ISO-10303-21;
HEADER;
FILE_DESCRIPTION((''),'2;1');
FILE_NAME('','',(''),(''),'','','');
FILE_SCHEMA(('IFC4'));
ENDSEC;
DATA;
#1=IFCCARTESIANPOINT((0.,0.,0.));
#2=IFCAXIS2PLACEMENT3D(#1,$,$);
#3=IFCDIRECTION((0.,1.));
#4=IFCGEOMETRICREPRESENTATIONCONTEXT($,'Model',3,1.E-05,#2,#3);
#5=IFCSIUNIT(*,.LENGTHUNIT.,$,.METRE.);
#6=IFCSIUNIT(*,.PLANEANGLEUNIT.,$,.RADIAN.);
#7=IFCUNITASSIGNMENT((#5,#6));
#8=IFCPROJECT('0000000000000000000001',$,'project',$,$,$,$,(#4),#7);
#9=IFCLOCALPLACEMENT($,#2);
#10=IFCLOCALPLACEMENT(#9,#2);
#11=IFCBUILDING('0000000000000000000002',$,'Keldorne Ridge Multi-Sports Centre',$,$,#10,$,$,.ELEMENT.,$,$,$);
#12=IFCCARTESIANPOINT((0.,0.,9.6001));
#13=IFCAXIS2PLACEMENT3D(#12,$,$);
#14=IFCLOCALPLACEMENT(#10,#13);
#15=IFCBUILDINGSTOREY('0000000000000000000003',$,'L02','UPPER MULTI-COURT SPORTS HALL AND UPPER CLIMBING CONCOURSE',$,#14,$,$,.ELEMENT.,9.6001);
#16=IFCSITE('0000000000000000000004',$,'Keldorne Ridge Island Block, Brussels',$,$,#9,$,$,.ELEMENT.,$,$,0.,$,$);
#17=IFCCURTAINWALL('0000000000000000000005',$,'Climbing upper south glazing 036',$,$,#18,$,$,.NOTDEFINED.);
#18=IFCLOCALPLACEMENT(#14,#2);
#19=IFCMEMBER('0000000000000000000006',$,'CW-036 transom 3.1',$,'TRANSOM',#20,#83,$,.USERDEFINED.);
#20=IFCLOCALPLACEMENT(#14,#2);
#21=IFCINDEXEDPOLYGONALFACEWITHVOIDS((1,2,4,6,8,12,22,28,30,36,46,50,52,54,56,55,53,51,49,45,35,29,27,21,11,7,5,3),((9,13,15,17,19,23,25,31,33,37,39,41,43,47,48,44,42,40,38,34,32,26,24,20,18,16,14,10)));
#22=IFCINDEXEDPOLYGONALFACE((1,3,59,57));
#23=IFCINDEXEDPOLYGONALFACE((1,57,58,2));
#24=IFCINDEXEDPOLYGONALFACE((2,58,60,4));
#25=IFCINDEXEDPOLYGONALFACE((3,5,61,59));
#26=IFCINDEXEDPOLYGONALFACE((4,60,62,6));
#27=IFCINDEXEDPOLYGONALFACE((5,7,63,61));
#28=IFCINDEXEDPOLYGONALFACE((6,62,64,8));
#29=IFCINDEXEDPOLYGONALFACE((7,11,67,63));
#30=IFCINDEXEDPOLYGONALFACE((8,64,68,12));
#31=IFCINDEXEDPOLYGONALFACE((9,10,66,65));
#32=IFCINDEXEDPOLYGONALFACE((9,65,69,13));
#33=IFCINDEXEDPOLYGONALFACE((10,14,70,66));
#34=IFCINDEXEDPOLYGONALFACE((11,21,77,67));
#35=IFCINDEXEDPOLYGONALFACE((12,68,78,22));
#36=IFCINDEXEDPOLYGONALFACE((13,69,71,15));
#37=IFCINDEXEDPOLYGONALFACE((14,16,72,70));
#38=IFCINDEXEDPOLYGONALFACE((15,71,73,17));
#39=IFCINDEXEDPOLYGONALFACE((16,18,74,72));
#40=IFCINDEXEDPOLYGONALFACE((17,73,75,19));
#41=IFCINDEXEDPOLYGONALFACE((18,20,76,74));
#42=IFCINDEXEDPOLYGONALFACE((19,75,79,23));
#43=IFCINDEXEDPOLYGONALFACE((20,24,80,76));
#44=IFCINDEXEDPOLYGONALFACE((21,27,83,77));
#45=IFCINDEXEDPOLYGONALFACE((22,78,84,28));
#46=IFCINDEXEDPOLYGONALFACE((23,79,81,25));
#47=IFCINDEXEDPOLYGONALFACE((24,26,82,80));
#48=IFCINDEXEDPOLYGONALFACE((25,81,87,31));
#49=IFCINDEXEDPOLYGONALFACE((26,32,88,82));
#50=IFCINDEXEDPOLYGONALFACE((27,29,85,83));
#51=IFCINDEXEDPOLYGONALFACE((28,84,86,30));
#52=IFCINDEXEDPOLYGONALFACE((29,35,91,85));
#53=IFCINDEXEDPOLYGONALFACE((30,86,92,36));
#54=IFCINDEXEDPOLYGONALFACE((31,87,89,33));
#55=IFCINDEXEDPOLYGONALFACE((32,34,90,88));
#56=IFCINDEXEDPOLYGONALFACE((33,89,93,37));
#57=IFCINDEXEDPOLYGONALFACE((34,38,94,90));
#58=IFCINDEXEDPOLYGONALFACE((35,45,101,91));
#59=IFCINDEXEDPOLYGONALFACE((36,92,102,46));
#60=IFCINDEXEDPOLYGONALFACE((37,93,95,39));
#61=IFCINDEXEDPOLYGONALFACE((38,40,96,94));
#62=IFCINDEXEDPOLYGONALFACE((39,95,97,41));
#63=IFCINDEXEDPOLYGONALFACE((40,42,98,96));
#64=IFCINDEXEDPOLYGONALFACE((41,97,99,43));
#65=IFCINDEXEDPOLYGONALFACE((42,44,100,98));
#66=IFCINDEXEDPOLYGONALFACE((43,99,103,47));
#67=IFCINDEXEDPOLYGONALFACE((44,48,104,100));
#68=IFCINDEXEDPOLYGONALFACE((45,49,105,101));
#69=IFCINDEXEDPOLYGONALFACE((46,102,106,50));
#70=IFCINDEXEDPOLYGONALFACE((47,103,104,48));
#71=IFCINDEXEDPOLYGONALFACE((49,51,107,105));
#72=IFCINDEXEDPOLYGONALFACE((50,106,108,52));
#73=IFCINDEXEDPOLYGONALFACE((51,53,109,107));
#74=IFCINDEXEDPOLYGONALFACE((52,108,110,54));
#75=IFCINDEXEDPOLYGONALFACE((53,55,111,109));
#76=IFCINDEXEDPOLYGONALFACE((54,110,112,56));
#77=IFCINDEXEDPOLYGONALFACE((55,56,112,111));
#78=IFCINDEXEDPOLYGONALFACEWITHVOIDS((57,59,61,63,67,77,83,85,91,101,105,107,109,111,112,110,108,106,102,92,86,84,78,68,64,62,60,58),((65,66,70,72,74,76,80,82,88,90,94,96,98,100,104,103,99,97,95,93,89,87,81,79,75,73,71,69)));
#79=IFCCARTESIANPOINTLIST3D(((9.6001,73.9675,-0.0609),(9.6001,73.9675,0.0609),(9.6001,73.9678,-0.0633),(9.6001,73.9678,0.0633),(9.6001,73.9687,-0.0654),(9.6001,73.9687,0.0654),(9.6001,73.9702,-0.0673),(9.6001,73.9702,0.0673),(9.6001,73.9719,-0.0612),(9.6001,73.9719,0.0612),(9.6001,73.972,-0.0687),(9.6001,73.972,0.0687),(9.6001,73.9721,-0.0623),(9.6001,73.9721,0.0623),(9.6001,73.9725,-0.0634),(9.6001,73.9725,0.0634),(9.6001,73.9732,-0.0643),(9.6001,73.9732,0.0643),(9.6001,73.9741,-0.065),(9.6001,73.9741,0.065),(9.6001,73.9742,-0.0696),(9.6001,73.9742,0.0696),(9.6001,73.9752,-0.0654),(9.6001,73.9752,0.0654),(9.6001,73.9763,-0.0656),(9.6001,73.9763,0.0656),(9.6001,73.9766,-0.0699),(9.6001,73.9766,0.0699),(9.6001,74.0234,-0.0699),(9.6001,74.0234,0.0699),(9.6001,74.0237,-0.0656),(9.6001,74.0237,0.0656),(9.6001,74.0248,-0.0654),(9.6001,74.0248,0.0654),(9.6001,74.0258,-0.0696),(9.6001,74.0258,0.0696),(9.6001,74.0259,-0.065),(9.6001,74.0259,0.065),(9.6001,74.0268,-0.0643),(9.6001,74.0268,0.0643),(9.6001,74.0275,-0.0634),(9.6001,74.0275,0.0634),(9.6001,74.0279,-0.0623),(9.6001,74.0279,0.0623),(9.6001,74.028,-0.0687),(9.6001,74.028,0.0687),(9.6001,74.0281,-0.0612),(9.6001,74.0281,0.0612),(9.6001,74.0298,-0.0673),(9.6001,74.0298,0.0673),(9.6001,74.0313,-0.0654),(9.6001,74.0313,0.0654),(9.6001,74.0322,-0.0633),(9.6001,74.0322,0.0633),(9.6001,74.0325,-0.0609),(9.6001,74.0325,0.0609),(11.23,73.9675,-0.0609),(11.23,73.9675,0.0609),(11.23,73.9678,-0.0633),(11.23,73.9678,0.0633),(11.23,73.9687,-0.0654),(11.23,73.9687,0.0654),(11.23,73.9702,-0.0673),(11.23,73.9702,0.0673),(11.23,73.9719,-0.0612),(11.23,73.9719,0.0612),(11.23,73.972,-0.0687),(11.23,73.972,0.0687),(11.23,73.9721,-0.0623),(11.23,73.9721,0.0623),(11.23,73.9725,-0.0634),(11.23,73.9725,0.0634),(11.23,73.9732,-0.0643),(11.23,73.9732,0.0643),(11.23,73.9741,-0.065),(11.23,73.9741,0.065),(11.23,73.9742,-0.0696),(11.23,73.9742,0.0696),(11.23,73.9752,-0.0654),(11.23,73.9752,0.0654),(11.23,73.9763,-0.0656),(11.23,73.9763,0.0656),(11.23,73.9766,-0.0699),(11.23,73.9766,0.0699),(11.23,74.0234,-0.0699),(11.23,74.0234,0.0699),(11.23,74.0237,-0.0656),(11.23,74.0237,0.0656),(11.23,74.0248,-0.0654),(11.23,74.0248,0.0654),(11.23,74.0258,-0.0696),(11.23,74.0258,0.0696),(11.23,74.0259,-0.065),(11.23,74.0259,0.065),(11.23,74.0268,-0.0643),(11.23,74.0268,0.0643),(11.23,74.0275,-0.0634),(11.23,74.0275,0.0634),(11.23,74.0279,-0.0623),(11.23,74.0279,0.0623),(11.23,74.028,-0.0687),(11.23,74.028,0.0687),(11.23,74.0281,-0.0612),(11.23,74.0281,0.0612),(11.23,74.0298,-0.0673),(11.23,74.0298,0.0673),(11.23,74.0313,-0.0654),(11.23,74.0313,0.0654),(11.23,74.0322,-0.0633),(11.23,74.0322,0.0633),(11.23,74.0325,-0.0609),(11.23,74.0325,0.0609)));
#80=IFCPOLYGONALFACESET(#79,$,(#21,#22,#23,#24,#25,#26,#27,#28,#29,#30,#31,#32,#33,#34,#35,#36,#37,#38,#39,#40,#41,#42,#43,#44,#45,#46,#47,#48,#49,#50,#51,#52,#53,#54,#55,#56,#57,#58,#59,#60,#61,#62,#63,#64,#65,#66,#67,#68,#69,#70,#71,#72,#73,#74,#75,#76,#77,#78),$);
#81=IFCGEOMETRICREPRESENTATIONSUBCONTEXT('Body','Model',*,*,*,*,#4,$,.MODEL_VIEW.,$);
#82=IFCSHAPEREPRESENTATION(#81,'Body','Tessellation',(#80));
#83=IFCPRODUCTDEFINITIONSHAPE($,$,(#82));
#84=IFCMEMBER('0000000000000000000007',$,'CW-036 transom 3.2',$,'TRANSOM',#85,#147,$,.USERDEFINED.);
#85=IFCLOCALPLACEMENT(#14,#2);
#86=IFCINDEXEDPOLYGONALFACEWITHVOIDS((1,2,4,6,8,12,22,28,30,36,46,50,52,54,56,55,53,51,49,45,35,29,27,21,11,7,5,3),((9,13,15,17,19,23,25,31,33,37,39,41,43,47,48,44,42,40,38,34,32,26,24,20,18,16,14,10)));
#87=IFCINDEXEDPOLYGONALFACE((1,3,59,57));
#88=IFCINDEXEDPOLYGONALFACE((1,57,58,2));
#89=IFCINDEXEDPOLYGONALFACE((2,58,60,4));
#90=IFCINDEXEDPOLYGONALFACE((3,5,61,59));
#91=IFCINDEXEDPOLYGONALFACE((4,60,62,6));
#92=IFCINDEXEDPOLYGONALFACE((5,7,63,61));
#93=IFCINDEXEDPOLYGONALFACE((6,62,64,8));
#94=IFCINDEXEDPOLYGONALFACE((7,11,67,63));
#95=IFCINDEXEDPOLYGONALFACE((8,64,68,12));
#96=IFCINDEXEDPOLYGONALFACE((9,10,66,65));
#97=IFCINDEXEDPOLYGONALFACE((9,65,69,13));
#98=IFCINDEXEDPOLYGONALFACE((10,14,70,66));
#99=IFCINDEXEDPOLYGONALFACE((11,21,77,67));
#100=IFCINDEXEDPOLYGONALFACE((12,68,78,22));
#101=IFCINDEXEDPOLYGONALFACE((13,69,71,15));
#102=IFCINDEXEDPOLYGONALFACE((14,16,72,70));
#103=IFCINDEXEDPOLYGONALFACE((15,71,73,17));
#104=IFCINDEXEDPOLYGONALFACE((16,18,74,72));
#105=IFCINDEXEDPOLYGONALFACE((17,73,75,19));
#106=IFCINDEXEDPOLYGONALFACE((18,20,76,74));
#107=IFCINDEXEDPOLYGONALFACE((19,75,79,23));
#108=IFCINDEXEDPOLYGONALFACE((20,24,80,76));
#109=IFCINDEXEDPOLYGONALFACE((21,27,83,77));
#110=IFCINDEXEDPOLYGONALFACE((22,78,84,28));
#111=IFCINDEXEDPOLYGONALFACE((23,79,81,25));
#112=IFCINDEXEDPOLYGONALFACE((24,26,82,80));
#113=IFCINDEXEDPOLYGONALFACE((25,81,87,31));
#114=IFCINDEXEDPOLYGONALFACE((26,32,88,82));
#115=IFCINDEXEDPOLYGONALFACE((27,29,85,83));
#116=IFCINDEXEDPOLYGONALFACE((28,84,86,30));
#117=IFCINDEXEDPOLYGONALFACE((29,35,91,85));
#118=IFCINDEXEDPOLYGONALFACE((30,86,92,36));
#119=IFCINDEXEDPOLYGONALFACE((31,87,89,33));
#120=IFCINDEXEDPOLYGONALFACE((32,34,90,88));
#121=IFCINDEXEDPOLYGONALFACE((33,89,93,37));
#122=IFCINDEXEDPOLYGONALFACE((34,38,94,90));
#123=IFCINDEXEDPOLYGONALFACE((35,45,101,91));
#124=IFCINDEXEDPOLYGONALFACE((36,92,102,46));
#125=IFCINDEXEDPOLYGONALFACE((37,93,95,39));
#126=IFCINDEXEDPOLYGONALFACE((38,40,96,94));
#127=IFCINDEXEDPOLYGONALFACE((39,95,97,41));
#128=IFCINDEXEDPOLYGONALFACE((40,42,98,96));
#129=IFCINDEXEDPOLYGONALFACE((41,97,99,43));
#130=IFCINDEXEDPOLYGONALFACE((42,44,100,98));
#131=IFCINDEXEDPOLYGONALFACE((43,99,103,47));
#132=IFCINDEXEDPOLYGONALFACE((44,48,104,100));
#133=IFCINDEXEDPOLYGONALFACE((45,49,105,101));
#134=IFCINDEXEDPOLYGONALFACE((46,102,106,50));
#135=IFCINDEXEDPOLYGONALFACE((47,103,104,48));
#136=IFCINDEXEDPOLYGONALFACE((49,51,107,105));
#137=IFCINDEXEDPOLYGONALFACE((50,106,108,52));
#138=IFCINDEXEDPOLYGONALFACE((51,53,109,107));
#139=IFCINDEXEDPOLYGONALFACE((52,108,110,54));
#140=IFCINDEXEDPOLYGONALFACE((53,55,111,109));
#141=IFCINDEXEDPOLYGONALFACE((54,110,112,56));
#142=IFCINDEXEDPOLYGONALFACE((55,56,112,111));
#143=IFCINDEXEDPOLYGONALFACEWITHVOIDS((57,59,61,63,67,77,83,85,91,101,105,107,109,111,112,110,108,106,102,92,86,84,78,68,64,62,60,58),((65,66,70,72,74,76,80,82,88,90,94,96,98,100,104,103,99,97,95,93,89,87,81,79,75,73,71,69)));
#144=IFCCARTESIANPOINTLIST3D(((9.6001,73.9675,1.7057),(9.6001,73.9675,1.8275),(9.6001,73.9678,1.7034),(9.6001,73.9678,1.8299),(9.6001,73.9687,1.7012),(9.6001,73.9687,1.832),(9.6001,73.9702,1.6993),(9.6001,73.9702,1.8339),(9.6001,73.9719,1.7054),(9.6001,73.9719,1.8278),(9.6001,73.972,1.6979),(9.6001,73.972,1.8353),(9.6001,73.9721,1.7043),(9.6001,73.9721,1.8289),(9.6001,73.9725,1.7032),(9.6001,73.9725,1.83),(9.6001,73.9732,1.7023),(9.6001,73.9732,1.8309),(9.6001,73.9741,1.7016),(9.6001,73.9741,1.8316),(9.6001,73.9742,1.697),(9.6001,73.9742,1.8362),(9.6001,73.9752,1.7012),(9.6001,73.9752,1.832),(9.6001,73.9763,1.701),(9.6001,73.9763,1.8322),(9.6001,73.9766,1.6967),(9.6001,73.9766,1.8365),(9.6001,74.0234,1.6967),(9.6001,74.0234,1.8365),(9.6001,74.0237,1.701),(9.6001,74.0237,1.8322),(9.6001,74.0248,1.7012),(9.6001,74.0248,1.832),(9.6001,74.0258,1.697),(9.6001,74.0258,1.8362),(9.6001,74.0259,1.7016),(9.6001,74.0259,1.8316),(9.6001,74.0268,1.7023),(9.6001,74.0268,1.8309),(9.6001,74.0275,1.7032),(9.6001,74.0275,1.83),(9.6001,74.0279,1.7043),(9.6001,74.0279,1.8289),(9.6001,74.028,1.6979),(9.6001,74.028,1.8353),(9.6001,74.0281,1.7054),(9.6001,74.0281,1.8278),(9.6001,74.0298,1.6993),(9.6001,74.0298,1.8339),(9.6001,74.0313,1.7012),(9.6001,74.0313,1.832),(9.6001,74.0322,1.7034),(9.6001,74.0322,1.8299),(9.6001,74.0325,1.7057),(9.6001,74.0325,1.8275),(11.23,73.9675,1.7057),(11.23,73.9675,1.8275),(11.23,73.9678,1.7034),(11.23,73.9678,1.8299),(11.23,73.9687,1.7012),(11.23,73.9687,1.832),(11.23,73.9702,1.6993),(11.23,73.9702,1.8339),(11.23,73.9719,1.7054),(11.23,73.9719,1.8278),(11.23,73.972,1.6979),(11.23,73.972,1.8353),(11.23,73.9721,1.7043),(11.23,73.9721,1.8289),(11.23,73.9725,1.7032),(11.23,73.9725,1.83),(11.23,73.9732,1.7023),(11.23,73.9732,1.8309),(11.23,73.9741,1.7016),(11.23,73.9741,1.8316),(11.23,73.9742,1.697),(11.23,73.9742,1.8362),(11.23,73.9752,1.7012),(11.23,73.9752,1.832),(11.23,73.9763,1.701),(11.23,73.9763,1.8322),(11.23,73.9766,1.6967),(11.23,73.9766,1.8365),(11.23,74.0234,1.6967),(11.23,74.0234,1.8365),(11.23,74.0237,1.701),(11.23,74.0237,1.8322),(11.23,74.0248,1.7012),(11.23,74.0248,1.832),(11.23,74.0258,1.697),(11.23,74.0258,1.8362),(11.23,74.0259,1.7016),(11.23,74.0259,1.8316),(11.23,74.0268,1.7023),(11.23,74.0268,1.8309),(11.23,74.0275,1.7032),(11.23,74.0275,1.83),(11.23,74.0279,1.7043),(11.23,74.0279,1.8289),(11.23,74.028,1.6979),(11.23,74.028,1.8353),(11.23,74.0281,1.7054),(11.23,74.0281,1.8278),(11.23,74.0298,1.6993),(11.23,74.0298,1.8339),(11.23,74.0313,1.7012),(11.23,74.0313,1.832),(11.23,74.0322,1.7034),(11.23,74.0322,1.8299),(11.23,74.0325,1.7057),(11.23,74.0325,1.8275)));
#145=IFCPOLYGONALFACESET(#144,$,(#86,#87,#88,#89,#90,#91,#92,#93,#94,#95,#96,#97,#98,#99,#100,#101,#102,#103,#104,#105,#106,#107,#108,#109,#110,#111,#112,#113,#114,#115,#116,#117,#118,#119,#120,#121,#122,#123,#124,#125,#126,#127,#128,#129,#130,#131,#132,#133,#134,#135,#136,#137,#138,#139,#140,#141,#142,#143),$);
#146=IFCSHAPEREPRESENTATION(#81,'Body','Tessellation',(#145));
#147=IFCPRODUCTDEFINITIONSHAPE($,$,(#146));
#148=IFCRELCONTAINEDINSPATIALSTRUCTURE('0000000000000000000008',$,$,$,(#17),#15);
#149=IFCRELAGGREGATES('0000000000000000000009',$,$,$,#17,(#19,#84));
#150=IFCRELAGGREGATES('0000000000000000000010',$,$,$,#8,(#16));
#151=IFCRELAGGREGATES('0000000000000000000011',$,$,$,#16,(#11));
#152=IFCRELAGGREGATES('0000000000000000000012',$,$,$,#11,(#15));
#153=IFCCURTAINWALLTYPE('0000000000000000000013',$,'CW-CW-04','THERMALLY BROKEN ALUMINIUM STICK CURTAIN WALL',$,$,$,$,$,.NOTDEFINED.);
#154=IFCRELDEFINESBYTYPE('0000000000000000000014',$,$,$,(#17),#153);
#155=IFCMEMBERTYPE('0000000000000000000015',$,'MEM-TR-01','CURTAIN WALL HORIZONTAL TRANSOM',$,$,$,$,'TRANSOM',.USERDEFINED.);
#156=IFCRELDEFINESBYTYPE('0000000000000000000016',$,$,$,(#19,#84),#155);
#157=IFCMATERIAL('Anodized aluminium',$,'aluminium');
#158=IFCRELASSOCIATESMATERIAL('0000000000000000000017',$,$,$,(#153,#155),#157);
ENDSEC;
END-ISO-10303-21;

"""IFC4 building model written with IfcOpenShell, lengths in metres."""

from ifc_helpers import new_model, si_unit, direction, frame, origin, origin_2d, place, context, subcontext, project, spatial, hollow_rectangle, extrude, material, material_profile, profile_set, type_object, element, aggregate, save


model = new_model("IFC4")

# Units and contexts
model_context = context("Model", 3, precision=1e-05, world=origin(), true_north=direction((0.0, 1.0)))
body_context = subcontext(model_context, "Body", "Model", "MODEL_VIEW")
ifc_project = project(units=[si_unit("LENGTHUNIT", "METRE"), si_unit("PLANEANGLEUNIT", "RADIAN")], contexts=[model_context])

# Site, building, storey
site_placement = place(None, origin())
site = spatial("IfcSite", under=ifc_project, at=site_placement, Name="Keldorne Ridge Island Block, Brussels", CompositionType="ELEMENT", RefElevation=0.0)
building_placement = place(site_placement, origin())
building = spatial("IfcBuilding", under=site, at=building_placement, Name="Keldorne Ridge Multi-Sports Centre", CompositionType="ELEMENT")
storey_placement = place(building_placement, frame((0.0, 0.0, 9.6001)))
storey = spatial("IfcBuildingStorey", under=building, at=storey_placement, Name="L02", Description="UPPER MULTI-COURT SPORTS HALL AND UPPER CLIMBING CONCOURSE", CompositionType="ELEMENT", Elevation=9.6001)

# Curtain wall
ifc_material_1 = material(Name="Anodized aluminium", Category="aluminium")
curtain_wall_type = type_object("IfcCurtainWallType", Name="CW-CW-04", Description="THERMALLY BROKEN ALUMINIUM STICK CURTAIN WALL", PredefinedType="NOTDEFINED", material=ifc_material_1)
curtain_wall_placement = place(storey_placement, origin())
curtain_wall = element("IfcCurtainWall", 1, at=curtain_wall_placement, inside=storey, type_object=curtain_wall_type, Name="Climbing upper south glazing 036", PredefinedType="NOTDEFINED")

# Members
ifc_material_profile_1 = material_profile(ifc_material_1, hollow_rectangle(XDim=0.0649, YDim=0.1399, WallThickness=0.0044, InnerFilletRadius=0.0044, OuterFilletRadius=0.009, at=origin_2d()), Name="ALU TRANSOM 140x65x4.5")
ifc_profile_set_1 = profile_set([ifc_material_profile_1], Name="Anodized aluminium")
member_type_1 = type_object("IfcMemberType", Name="MEM-TR-01", Description="CURTAIN WALL HORIZONTAL TRANSOM", ElementType="TRANSOM", PredefinedType="USERDEFINED", material=ifc_profile_set_1)
member_1_placement = place(storey_placement, frame((9.6001, 74.0, 0.0), z_axis=(1.0, 0.0, 0.0), x_axis=(0.0, 1.0, 0.0)))
member_1 = element("IfcMember", 2, at=member_1_placement, type_object=member_type_1, Name="CW-036 transom 3.1", ObjectType="TRANSOM", PredefinedType="USERDEFINED", context=body_context, shape_type="SweptSolid", body=[
    extrude(hollow_rectangle(XDim=0.0649, YDim=0.1399, WallThickness=0.0044, InnerFilletRadius=0.0044, OuterFilletRadius=0.009, at=origin_2d()), origin(), (0.0, 0.0, 1.0), 1.6299),
])
member_2_placement = place(storey_placement, frame((9.6001, 74.0, 1.7666), z_axis=(1.0, 0.0, 0.0), x_axis=(0.0, 1.0, 0.0)))
member_2 = element("IfcMember", 3, at=member_2_placement, type_object=member_type_1, Name="CW-036 transom 3.2", ObjectType="TRANSOM", PredefinedType="USERDEFINED", context=body_context, shape_type="SweptSolid", body=[
    extrude(hollow_rectangle(XDim=0.0649, YDim=0.1399, WallThickness=0.0044, InnerFilletRadius=0.0044, OuterFilletRadius=0.009, at=origin_2d()), origin(), (0.0, 0.0, 1.0), 1.6299),
])

aggregate(curtain_wall, [member_1, member_2])

save(model, "model.ifc")
